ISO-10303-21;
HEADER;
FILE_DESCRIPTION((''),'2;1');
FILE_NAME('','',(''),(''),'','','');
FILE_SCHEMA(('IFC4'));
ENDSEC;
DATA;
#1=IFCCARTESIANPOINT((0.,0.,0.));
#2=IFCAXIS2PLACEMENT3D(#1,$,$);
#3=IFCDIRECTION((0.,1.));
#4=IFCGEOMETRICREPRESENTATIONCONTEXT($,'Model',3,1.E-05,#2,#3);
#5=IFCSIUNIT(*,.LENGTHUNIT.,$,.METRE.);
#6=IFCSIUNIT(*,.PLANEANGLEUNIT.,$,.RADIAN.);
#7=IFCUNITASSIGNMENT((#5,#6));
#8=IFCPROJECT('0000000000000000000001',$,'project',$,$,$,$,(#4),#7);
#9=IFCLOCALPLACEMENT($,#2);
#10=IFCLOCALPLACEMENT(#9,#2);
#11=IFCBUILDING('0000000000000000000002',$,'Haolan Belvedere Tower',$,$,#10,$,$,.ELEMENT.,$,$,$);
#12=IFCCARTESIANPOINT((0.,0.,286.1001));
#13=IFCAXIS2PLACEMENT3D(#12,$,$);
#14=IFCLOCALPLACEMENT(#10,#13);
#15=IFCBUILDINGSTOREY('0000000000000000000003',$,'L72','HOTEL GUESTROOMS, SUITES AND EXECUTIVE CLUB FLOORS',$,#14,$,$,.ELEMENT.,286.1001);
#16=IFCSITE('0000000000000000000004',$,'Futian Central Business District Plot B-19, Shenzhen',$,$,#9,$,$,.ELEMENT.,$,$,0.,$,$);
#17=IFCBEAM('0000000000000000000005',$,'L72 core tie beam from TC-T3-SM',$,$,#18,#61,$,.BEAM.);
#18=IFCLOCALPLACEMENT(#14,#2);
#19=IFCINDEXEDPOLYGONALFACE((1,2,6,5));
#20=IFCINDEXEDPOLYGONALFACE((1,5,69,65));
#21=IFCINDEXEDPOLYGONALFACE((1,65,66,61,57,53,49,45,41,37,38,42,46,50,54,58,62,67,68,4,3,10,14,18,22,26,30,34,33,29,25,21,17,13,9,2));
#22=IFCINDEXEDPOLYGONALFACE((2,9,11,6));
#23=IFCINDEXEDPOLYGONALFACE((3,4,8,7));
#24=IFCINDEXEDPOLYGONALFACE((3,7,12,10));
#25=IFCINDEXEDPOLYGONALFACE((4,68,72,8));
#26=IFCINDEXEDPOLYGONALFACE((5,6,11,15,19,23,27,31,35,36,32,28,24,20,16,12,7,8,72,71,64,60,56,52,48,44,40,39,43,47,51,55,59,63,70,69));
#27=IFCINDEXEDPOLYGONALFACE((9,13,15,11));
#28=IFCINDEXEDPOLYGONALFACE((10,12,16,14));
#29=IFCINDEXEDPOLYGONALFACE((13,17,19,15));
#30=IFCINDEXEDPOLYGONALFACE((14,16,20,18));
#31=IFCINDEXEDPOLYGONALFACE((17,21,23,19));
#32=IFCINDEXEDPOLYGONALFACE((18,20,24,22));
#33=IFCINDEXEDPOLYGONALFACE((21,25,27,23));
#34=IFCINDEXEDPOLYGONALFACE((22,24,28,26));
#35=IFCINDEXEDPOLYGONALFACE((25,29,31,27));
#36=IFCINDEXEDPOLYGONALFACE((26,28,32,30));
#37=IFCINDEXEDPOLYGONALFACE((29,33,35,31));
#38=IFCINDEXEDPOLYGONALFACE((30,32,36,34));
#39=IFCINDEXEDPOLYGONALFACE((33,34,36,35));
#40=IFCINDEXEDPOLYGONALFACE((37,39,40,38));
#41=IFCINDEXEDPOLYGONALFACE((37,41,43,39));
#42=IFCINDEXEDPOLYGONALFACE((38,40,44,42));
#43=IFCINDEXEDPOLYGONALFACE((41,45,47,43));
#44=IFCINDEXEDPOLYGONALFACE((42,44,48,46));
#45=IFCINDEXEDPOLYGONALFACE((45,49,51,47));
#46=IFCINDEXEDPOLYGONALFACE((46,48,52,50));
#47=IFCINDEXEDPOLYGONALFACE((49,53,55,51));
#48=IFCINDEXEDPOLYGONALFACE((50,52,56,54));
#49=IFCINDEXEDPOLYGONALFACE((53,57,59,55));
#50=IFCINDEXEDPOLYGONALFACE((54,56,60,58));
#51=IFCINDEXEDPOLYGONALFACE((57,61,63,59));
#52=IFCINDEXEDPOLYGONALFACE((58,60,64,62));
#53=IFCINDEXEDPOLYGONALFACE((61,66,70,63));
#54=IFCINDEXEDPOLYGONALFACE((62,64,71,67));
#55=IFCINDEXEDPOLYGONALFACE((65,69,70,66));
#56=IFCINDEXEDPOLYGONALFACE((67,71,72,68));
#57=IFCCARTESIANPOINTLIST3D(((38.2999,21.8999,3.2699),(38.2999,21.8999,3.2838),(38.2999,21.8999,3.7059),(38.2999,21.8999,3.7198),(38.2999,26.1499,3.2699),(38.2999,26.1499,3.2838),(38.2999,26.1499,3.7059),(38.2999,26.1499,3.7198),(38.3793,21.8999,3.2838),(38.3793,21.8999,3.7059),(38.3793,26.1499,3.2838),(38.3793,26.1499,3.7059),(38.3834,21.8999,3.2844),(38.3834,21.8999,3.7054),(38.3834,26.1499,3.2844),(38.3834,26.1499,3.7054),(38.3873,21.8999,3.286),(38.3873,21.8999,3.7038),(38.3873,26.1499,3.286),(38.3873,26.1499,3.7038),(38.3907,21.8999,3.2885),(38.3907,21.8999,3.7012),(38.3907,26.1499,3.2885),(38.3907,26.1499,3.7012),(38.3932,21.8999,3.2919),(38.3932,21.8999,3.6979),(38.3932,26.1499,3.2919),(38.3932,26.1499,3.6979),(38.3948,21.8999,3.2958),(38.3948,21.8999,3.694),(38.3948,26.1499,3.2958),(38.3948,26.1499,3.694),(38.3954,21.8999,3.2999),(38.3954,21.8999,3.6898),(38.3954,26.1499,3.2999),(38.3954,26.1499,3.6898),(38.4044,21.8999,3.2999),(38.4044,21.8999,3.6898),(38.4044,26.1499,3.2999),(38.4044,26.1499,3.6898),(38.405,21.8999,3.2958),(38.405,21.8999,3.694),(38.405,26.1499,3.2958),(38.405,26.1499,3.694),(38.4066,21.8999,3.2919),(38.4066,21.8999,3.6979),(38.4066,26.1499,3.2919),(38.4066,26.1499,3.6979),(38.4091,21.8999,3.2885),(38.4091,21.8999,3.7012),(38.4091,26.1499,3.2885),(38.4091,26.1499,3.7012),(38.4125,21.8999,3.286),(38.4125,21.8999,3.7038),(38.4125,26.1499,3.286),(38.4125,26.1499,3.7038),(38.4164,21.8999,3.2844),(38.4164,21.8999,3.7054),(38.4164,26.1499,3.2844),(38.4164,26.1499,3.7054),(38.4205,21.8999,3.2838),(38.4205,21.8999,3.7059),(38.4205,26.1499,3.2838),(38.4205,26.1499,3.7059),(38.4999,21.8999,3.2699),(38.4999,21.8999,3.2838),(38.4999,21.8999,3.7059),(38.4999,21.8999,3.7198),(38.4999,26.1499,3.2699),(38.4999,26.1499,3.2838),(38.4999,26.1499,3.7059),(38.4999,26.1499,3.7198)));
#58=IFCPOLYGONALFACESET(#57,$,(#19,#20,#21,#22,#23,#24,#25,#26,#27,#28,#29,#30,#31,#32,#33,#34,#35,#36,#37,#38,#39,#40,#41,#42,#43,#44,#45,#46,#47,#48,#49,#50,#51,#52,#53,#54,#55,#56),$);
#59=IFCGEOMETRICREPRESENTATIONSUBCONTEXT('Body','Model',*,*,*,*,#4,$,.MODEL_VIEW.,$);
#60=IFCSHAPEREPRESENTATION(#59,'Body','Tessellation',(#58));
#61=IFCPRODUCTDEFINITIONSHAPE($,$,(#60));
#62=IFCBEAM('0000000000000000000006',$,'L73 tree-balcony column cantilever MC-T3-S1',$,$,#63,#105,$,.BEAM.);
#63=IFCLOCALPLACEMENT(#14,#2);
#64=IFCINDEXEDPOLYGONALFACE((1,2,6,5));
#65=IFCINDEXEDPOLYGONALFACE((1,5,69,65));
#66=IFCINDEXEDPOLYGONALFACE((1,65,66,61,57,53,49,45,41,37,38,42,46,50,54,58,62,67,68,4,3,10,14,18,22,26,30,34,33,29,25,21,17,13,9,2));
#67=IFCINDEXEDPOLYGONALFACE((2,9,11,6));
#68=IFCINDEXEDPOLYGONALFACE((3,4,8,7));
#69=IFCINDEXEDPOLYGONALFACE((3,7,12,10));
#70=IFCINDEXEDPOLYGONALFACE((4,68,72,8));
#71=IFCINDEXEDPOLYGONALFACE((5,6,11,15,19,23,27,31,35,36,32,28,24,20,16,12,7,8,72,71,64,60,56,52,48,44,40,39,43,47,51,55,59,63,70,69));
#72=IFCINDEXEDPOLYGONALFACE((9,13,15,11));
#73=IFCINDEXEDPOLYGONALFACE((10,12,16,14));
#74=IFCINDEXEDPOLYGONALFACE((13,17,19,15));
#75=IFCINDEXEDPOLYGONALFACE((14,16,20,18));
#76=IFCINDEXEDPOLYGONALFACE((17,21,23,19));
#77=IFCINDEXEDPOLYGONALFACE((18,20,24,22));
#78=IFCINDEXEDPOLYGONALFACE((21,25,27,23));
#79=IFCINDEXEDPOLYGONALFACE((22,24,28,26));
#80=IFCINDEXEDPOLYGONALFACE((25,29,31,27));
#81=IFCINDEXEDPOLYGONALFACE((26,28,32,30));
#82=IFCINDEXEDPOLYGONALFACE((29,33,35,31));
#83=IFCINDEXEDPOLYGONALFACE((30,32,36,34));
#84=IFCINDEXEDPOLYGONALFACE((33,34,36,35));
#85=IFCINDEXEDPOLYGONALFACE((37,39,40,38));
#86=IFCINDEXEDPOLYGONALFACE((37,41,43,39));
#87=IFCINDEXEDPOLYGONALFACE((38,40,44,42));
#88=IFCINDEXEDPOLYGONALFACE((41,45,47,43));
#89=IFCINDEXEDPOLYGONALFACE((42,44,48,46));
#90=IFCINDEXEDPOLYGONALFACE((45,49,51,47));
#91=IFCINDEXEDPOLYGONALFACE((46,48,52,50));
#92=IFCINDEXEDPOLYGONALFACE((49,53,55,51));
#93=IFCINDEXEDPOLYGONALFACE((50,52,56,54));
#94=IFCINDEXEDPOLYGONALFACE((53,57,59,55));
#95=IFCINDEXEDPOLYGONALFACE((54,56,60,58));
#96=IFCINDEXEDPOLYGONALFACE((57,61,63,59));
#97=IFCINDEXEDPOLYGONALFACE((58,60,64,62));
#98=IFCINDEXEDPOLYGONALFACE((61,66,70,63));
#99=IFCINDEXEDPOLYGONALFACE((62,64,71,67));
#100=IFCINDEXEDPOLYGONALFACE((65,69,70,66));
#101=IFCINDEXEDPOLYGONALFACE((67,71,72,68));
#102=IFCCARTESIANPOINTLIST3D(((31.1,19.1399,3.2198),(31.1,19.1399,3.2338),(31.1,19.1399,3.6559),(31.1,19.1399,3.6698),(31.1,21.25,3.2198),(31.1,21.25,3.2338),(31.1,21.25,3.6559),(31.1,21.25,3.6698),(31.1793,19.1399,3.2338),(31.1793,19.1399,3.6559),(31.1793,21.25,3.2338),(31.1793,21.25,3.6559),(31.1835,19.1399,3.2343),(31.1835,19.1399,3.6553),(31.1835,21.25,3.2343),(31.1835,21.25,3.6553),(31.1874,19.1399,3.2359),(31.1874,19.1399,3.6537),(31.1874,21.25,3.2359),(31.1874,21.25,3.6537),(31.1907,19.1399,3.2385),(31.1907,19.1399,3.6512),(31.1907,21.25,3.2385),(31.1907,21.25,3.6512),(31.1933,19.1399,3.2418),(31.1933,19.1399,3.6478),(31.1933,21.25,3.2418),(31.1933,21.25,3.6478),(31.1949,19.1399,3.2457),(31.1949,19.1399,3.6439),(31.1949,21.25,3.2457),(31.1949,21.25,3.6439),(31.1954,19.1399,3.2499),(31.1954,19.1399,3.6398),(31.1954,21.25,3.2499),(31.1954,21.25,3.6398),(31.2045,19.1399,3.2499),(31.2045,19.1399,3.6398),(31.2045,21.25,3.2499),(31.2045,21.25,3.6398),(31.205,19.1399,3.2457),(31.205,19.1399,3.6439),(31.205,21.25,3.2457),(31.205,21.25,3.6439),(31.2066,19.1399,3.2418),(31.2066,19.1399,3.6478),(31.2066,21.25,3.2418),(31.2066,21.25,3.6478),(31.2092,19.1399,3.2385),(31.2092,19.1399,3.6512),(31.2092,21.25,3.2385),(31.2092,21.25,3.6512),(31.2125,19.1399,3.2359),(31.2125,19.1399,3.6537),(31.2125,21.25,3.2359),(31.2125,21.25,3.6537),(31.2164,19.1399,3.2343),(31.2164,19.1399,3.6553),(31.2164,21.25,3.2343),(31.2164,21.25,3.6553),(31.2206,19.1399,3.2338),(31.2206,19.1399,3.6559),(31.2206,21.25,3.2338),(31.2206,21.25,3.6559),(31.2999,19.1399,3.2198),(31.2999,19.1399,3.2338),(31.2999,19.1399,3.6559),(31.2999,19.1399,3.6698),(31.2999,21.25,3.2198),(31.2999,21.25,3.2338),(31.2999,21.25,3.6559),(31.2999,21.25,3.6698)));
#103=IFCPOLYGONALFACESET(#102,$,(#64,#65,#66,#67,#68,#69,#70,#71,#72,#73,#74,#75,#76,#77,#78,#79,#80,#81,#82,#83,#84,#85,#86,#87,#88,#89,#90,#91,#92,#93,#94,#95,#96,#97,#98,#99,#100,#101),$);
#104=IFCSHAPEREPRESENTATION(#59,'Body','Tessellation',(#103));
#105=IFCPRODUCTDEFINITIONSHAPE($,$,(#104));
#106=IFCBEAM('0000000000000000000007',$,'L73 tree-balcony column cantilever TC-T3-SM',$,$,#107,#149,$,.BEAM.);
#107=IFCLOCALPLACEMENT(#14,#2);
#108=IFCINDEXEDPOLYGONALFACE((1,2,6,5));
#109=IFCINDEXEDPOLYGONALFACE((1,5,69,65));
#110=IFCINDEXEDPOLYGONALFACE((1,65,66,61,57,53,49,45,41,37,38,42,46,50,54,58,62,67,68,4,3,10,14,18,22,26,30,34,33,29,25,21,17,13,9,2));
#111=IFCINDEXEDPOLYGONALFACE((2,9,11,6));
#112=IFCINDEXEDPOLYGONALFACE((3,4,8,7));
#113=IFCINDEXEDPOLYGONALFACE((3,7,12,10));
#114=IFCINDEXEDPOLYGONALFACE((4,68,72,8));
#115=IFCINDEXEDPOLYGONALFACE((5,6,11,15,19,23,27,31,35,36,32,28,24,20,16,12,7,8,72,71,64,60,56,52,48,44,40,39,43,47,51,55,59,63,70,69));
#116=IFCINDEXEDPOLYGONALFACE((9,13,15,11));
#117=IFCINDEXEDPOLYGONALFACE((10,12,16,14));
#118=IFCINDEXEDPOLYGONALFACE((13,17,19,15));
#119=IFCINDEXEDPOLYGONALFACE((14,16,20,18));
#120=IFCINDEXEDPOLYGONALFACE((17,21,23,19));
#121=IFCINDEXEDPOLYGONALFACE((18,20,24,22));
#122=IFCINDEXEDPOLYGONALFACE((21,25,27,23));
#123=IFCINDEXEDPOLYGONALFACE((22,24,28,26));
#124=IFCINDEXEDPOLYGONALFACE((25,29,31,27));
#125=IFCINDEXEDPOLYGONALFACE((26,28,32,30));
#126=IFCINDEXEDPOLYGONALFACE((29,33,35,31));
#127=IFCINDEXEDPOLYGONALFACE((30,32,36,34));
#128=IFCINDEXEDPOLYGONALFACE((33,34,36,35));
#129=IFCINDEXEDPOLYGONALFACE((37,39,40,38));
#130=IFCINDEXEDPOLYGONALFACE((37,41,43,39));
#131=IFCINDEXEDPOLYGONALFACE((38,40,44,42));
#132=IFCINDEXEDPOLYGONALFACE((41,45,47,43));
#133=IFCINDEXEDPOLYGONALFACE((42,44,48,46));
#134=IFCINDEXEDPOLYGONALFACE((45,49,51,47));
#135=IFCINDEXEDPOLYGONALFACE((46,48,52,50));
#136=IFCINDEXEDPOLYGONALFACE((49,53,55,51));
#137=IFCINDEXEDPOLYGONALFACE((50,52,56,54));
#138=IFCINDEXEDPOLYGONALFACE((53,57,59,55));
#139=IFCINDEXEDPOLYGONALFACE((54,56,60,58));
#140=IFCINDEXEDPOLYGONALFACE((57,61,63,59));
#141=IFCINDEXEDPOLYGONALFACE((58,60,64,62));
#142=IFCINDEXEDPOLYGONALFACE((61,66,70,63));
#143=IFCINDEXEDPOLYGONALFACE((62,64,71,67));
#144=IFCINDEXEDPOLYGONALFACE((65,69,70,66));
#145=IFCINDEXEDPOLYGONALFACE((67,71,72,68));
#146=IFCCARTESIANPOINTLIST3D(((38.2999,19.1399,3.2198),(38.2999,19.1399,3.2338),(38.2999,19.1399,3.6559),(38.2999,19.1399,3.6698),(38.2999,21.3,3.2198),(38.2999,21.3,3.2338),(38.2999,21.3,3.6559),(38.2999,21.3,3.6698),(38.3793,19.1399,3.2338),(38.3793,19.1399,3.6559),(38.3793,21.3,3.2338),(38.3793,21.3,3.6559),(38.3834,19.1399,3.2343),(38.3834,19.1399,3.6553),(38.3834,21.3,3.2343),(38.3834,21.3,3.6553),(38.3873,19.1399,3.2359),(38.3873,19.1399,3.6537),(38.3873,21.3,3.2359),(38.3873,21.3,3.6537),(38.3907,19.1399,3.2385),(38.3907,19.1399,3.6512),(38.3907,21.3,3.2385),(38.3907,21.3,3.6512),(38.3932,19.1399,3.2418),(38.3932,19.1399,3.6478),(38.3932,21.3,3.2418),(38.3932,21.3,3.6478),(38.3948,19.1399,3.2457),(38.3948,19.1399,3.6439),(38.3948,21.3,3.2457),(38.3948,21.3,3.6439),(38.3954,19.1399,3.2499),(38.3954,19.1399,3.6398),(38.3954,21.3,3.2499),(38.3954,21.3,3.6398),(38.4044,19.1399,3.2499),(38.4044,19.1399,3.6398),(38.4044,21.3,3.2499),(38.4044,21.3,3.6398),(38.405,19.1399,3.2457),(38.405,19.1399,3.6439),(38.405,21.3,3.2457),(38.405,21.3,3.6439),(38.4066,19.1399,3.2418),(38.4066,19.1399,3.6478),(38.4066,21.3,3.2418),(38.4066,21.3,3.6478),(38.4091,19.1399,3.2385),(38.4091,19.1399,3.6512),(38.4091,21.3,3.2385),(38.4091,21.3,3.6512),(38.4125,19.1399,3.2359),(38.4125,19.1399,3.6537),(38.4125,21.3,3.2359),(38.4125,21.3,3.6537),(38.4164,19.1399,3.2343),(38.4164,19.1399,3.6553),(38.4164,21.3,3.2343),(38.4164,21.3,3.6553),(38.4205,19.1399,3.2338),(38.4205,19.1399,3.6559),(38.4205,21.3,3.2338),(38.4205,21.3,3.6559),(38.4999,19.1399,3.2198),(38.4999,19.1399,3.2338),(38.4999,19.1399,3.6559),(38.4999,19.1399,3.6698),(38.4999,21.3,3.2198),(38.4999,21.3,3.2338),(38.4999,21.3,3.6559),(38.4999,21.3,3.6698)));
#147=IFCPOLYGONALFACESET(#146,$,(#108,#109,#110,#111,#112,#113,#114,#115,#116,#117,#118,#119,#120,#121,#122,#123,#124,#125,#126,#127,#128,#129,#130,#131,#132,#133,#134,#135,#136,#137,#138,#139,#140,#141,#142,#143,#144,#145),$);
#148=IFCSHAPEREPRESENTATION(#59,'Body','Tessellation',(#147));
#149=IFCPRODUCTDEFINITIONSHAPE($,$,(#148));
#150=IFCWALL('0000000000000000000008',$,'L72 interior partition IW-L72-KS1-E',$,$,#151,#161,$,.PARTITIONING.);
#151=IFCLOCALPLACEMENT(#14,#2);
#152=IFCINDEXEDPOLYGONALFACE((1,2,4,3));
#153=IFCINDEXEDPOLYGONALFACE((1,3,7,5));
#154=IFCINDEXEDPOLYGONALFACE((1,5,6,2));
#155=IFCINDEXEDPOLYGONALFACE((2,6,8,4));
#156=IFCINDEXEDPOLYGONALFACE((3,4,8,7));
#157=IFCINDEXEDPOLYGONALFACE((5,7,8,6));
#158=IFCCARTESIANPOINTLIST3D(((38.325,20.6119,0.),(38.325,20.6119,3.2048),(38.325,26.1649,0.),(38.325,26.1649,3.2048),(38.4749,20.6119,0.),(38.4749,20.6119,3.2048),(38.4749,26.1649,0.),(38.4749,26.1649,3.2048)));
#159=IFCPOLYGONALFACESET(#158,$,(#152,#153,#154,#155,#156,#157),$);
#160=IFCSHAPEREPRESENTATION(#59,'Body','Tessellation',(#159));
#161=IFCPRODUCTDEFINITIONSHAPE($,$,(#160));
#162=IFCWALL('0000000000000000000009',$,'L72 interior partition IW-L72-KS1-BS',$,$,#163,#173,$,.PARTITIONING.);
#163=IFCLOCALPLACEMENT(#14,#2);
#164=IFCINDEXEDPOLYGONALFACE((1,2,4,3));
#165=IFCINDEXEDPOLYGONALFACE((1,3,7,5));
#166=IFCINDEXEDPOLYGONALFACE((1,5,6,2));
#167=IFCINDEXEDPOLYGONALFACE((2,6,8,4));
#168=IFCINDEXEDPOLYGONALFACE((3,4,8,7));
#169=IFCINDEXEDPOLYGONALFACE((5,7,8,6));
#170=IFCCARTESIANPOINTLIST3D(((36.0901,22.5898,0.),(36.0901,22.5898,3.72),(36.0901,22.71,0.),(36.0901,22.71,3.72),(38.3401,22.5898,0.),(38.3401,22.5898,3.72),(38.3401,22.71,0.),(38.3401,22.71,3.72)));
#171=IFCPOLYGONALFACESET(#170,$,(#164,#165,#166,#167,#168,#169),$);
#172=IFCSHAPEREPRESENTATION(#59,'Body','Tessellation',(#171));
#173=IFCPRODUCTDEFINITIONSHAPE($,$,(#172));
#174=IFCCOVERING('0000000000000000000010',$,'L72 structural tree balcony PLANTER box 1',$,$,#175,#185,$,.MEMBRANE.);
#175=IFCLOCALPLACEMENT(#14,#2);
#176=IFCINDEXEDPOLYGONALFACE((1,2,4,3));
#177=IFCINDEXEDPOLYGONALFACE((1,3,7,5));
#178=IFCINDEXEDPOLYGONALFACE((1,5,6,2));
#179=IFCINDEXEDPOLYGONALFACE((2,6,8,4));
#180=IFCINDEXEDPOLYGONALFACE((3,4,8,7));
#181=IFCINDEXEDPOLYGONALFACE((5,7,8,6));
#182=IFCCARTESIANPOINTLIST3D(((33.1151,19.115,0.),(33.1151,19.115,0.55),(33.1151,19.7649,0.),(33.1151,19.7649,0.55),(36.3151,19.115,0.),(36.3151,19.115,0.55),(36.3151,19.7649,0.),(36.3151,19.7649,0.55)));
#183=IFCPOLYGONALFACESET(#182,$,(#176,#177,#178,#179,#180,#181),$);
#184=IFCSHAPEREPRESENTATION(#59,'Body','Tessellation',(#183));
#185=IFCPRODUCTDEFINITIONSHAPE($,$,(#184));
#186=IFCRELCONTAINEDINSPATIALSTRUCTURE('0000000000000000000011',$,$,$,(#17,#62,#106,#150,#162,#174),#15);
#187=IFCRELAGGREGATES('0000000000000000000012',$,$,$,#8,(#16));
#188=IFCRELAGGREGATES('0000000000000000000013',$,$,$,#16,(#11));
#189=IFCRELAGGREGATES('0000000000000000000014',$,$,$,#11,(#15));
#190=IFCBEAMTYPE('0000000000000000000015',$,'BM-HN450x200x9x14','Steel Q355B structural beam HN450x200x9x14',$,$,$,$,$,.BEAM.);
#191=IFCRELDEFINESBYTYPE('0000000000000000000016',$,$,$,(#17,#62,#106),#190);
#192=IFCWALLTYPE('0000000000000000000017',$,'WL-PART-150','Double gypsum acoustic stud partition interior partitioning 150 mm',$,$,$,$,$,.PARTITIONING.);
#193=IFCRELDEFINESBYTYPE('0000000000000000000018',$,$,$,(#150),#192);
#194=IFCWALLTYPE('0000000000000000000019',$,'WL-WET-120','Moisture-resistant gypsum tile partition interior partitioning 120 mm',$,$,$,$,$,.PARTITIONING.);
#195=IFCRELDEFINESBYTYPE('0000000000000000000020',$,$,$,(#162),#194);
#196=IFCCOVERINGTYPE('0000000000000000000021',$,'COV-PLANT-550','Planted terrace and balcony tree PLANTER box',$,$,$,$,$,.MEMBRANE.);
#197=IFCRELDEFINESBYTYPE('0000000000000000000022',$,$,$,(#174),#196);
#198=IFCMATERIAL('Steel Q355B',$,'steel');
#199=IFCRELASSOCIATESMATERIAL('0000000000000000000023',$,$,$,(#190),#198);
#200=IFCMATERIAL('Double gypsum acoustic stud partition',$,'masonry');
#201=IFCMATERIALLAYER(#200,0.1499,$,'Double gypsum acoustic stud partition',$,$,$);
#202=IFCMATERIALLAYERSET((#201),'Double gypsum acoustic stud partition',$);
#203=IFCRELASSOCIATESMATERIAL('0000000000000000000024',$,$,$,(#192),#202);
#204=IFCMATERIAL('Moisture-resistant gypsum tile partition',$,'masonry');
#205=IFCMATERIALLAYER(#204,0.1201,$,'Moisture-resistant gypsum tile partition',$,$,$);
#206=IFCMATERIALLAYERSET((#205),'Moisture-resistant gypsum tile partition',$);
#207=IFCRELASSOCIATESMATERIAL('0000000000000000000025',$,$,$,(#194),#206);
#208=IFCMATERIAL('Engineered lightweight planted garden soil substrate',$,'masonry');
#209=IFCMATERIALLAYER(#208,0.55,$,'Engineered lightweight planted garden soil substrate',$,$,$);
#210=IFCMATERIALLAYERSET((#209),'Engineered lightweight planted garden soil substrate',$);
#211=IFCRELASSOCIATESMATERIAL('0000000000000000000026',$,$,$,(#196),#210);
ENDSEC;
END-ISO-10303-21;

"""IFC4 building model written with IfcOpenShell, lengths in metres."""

from ifc_helpers import new_model, si_unit, direction, frame, frame_2d, origin, origin_2d, place, context, subcontext, project, spatial, rectangle, i_section, extrude, material, layer, layer_set, material_profile, profile_set, type_object, element, save


model = new_model("IFC4")

# Units and contexts
model_context = context("Model", 3, precision=1e-05, world=origin(), true_north=direction((0.0, 1.0)))
body_context = subcontext(model_context, "Body", "Model", "MODEL_VIEW")
ifc_project = project(units=[si_unit("LENGTHUNIT", "METRE"), si_unit("PLANEANGLEUNIT", "RADIAN")], contexts=[model_context])

# Site, building, storey
site_placement = place(None, origin())
site = spatial("IfcSite", under=ifc_project, at=site_placement, Name="Futian Central Business District Plot B-19, Shenzhen", CompositionType="ELEMENT", RefElevation=0.0)
building_placement = place(site_placement, origin())
building = spatial("IfcBuilding", under=site, at=building_placement, Name="Haolan Belvedere Tower", CompositionType="ELEMENT")
storey_placement = place(building_placement, frame((0.0, 0.0, 286.1001)))
storey = spatial("IfcBuildingStorey", under=building, at=storey_placement, Name="L72", Description="HOTEL GUESTROOMS, SUITES AND EXECUTIVE CLUB FLOORS", CompositionType="ELEMENT", Elevation=286.1001)

# Beams
ifc_material_1 = material(Name="Steel Q355B", Category="steel")
ifc_material_profile_1 = material_profile(ifc_material_1, i_section(OverallWidth=0.2, OverallDepth=0.45, WebThickness=0.009, FlangeThickness=0.0139, FilletRadius=0.0161, at=origin_2d()), Name="Steel Q355B")
ifc_profile_set_1 = profile_set([ifc_material_profile_1], Name="Steel Q355B")
beam_type_1 = type_object("IfcBeamType", Name="BM-HN450x200x9x14", Description="Steel Q355B structural beam HN450x200x9x14", PredefinedType="BEAM", material=ifc_profile_set_1)
beam_1_placement = place(storey_placement, frame((38.3999, 21.8999, 3.4949), z_axis=(0.0, 1.0, 0.0), x_axis=(-1.0, 0.0, 0.0)))
element("IfcBeam", 1, at=beam_1_placement, inside=storey, type_object=beam_type_1, Name="L72 core tie beam from TC-T3-SM", PredefinedType="BEAM", context=body_context, shape_type="SweptSolid", body=[
    extrude(i_section(OverallWidth=0.2, OverallDepth=0.45, WebThickness=0.009, FlangeThickness=0.0139, FilletRadius=0.0161, at=origin_2d()), origin(), (0.0, 0.0, 1.0), 4.25),
])
beam_2_placement = place(storey_placement, frame((31.2, 21.25, 3.4448), z_axis=(0.0, -1.0, 0.0), x_axis=(1.0, 0.0, 0.0)))
element("IfcBeam", 2, at=beam_2_placement, inside=storey, type_object=beam_type_1, Name="L73 tree-balcony column cantilever MC-T3-S1", PredefinedType="BEAM", context=body_context, shape_type="SweptSolid", body=[
    extrude(i_section(OverallWidth=0.2, OverallDepth=0.45, WebThickness=0.009, FlangeThickness=0.0139, FilletRadius=0.0161, at=origin_2d()), origin(), (0.0, 0.0, 1.0), 2.1101),
])
beam_3_placement = place(storey_placement, frame((38.3999, 21.3, 3.4448), z_axis=(0.0, -1.0, 0.0), x_axis=(1.0, 0.0, 0.0)))
element("IfcBeam", 3, at=beam_3_placement, inside=storey, type_object=beam_type_1, Name="L73 tree-balcony column cantilever TC-T3-SM", PredefinedType="BEAM", context=body_context, shape_type="SweptSolid", body=[
    extrude(i_section(OverallWidth=0.2, OverallDepth=0.45, WebThickness=0.009, FlangeThickness=0.0139, FilletRadius=0.0161, at=origin_2d()), origin(), (0.0, 0.0, 1.0), 2.1602),
])

# Walls
ifc_material_2 = material(Name="Double gypsum acoustic stud partition", Category="masonry")
ifc_layer_1 = layer(ifc_material_2, 0.1499, Name="Double gypsum acoustic stud partition")
ifc_layer_set_1 = layer_set([ifc_layer_1], Name="Double gypsum acoustic stud partition")
wall_type_1 = type_object("IfcWallType", Name="WL-PART-150", Description="Double gypsum acoustic stud partition interior partitioning 150 mm", PredefinedType="PARTITIONING", material=ifc_layer_set_1)
wall_1_placement = place(storey_placement, frame((38.3999, 20.6121, 0.0), z_axis=(0.0, 0.0, 1.0), x_axis=(0.0, 1.0, 0.0)))
element("IfcWall", 4, at=wall_1_placement, inside=storey, type_object=wall_type_1, Name="L72 interior partition IW-L72-KS1-E", PredefinedType="PARTITIONING", context=body_context, shape_type="SweptSolid", body=[
    extrude(rectangle(XDim=5.553, YDim=0.1499, at=frame_2d((2.7764, 0.0))), origin(), (0.0, 0.0, 1.0), 3.2048),
])
ifc_material_3 = material(Name="Moisture-resistant gypsum tile partition", Category="masonry")
ifc_layer_2 = layer(ifc_material_3, 0.1201, Name="Moisture-resistant gypsum tile partition")
ifc_layer_set_2 = layer_set([ifc_layer_2], Name="Moisture-resistant gypsum tile partition")
wall_type_2 = type_object("IfcWallType", Name="WL-WET-120", Description="Moisture-resistant gypsum tile partition interior partitioning 120 mm", PredefinedType="PARTITIONING", material=ifc_layer_set_2)
wall_2_placement = place(storey_placement, frame((36.0901, 22.6499, 0.0), z_axis=(0.0, 0.0, 1.0), x_axis=(1.0, 0.0, 0.0)))
element("IfcWall", 5, at=wall_2_placement, inside=storey, type_object=wall_type_2, Name="L72 interior partition IW-L72-KS1-BS", PredefinedType="PARTITIONING", context=body_context, shape_type="SweptSolid", body=[
    extrude(rectangle(XDim=2.25, YDim=0.1201, at=frame_2d((1.125, 0.0))), origin(), (0.0, 0.0, 1.0), 3.72),
])

# Covering
ifc_material_4 = material(Name="Engineered lightweight planted garden soil substrate", Category="masonry")
ifc_layer_3 = layer(ifc_material_4, 0.55, Name="Engineered lightweight planted garden soil substrate")
ifc_layer_set_3 = layer_set([ifc_layer_3], Name="Engineered lightweight planted garden soil substrate")
covering_type = type_object("IfcCoveringType", Name="COV-PLANT-550", Description="Planted terrace and balcony tree PLANTER box", PredefinedType="MEMBRANE", material=ifc_layer_set_3)
covering_placement = place(storey_placement, frame((34.7151, 19.4399, 0.0), z_axis=(0.0, 0.0, 1.0), x_axis=(1.0, 0.0, 0.0)))
element("IfcCovering", 6, at=covering_placement, inside=storey, type_object=covering_type, Name="L72 structural tree balcony PLANTER box 1", PredefinedType="MEMBRANE", context=body_context, shape_type="SweptSolid", body=[
    extrude(rectangle(XDim=3.2, YDim=0.6499, at=origin_2d()), origin(), (0.0, 0.0, 1.0), 0.55),
])

save(model, "model.ifc")
